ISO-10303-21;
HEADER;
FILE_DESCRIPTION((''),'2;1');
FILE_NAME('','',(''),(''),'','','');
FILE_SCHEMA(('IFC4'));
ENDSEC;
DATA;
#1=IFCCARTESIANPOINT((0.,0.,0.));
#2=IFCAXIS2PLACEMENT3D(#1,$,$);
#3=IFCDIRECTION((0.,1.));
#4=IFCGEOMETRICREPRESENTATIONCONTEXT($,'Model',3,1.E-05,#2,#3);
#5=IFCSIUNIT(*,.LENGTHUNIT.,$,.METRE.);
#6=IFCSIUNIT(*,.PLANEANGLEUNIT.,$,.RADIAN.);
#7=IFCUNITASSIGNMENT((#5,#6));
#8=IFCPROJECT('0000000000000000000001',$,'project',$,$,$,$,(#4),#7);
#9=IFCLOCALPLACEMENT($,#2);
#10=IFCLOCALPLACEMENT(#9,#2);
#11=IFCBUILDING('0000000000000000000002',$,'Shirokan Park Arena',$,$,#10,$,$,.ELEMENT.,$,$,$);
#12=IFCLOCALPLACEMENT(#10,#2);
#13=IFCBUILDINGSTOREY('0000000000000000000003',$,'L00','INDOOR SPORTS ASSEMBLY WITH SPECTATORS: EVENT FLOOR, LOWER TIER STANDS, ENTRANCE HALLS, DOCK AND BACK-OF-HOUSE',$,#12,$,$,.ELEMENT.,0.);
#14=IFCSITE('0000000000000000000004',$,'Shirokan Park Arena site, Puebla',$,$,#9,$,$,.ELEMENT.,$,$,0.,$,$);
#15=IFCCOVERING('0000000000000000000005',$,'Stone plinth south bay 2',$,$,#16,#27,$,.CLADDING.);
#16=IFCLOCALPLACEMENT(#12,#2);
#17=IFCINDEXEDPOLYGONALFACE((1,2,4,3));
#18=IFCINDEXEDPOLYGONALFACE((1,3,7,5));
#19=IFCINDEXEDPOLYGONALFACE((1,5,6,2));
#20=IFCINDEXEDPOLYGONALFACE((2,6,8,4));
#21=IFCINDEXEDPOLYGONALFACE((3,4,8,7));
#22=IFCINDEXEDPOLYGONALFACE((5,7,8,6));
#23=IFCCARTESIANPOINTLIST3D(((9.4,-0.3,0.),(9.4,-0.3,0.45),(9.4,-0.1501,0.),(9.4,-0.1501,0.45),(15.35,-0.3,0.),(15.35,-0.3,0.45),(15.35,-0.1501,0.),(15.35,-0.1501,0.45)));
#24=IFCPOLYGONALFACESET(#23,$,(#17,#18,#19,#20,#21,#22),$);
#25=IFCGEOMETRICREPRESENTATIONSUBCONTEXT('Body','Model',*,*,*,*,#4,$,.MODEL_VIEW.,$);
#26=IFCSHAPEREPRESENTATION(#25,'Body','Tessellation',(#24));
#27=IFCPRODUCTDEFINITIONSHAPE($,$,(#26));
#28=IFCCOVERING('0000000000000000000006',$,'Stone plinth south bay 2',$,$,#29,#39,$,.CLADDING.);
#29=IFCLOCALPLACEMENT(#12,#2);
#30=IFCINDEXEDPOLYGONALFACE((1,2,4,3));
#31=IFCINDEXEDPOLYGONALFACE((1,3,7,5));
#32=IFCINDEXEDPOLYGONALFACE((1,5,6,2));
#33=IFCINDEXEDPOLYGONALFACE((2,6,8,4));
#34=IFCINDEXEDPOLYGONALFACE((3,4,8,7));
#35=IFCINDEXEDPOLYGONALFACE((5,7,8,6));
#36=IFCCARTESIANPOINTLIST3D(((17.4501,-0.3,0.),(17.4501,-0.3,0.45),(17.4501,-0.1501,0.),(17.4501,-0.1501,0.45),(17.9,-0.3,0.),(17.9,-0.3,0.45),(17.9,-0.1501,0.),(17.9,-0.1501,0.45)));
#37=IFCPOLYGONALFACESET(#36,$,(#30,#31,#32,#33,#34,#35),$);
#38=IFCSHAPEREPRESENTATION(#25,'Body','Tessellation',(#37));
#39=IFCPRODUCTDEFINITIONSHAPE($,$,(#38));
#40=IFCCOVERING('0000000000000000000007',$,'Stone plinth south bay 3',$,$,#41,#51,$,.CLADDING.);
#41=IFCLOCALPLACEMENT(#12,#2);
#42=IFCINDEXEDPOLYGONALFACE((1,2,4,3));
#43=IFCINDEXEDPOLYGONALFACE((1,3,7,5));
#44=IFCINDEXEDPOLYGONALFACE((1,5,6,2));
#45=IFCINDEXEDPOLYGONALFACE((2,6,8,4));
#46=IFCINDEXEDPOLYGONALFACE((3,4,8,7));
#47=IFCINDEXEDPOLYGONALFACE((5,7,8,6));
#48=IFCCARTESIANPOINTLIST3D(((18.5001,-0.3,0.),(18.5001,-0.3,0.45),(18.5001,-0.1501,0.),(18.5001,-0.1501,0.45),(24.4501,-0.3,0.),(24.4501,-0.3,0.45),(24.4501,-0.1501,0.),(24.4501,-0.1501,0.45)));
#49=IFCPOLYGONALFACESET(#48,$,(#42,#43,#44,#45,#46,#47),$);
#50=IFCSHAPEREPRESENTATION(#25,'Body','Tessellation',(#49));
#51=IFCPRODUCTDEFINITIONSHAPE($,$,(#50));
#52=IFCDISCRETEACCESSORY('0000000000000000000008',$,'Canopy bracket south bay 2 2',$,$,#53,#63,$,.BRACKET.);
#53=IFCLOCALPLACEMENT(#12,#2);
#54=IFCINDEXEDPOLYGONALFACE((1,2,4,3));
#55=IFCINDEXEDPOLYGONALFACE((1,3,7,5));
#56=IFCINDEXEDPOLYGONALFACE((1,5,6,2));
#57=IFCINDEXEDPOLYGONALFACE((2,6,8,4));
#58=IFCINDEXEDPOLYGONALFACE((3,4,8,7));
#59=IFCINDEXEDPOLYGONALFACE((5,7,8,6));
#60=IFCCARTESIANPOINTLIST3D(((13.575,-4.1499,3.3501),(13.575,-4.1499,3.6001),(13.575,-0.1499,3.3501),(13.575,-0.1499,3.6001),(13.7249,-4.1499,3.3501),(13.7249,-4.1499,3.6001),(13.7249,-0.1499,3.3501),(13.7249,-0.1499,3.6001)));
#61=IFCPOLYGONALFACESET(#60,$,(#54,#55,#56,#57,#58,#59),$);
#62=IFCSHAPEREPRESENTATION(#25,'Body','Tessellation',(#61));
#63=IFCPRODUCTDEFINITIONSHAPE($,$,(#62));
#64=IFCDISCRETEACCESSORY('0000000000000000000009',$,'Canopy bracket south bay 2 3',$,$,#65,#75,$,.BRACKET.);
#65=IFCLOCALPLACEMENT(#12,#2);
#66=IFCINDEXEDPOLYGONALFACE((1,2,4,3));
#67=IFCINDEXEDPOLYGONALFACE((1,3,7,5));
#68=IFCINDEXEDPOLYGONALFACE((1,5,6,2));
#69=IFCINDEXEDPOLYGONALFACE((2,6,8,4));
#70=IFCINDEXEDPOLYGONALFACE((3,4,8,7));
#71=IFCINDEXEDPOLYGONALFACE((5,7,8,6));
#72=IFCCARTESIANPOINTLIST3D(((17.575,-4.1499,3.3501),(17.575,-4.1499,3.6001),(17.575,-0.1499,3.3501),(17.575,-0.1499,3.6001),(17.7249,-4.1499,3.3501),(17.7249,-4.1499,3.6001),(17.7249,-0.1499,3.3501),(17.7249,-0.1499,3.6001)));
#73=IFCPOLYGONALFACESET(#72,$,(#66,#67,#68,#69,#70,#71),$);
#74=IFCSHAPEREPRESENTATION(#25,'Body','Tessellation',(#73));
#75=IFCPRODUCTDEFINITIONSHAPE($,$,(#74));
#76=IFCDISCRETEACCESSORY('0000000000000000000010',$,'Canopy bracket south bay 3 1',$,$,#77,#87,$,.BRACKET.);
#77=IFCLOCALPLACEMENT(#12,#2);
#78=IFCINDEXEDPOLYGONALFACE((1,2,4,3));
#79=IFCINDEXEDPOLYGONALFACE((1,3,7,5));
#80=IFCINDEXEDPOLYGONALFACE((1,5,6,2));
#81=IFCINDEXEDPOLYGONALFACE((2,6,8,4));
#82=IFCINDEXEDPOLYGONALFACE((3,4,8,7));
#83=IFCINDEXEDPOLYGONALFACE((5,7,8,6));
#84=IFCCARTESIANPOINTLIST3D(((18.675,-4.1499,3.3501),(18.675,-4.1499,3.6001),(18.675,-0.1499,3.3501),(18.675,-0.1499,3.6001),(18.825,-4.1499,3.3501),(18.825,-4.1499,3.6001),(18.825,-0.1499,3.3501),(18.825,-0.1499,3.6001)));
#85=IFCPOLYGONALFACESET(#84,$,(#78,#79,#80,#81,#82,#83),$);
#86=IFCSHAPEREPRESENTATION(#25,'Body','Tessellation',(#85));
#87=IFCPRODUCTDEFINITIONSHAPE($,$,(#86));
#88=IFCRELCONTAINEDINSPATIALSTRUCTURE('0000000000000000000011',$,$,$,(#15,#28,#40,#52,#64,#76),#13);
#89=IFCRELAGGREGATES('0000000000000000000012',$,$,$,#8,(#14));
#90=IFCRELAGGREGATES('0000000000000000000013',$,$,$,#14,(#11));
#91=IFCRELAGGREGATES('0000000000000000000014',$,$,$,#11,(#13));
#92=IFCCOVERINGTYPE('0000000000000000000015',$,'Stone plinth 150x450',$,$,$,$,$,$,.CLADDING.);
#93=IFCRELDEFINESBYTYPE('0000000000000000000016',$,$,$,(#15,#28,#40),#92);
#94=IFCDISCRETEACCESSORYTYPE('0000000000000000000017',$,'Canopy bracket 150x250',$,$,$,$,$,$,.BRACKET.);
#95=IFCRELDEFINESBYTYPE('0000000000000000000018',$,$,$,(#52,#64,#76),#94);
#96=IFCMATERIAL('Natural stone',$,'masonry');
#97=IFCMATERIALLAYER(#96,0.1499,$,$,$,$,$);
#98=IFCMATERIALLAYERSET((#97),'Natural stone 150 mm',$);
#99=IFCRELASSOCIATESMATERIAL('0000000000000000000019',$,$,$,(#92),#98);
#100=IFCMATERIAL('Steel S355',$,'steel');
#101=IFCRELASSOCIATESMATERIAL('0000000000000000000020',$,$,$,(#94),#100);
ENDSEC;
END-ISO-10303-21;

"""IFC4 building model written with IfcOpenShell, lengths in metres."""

from ifc_helpers import new_model, si_unit, direction, frame, origin, origin_2d, place, context, subcontext, project, spatial, rectangle, extrude, material, layer, layer_set, type_object, element, save


model = new_model("IFC4")

# Units and contexts
model_context = context("Model", 3, precision=1e-05, world=origin(), true_north=direction((0.0, 1.0)))
body_context = subcontext(model_context, "Body", "Model", "MODEL_VIEW")
ifc_project = project(units=[si_unit("LENGTHUNIT", "METRE"), si_unit("PLANEANGLEUNIT", "RADIAN")], contexts=[model_context])

# Site, building, storey
site_placement = place(None, origin())
site = spatial("IfcSite", under=ifc_project, at=site_placement, Name="Shirokan Park Arena site, Puebla", CompositionType="ELEMENT", RefElevation=0.0)
building_placement = place(site_placement, origin())
building = spatial("IfcBuilding", under=site, at=building_placement, Name="Shirokan Park Arena", CompositionType="ELEMENT")
storey_placement = place(building_placement, origin())
storey = spatial("IfcBuildingStorey", under=building, at=storey_placement, Name="L00", Description="INDOOR SPORTS ASSEMBLY WITH SPECTATORS: EVENT FLOOR, LOWER TIER STANDS, ENTRANCE HALLS, DOCK AND BACK-OF-HOUSE", CompositionType="ELEMENT", Elevation=0.0)

# Shared definitions
ifc_material_1 = material(Name="Steel S355", Category="steel")

# Coverings
ifc_material_2 = material(Name="Natural stone", Category="masonry")
ifc_layer_1 = layer(ifc_material_2, 0.1499)
ifc_layer_set_1 = layer_set([ifc_layer_1], Name="Natural stone 150 mm")
covering_type_1 = type_object("IfcCoveringType", Name="Stone plinth 150x450", PredefinedType="CLADDING", material=ifc_layer_set_1)
covering_1_placement = place(storey_placement, frame((12.375, -0.2251, 0.0), z_axis=(0.0, 0.0, 1.0), x_axis=(1.0, 0.0, 0.0)))
element("IfcCovering", 1, at=covering_1_placement, inside=storey, type_object=covering_type_1, Name="Stone plinth south bay 2", PredefinedType="CLADDING", context=body_context, shape_type="SweptSolid", body=[
    extrude(rectangle(XDim=5.95, YDim=0.1499, at=origin_2d()), origin(), (0.0, 0.0, 1.0), 0.45),
])
covering_2_placement = place(storey_placement, frame((17.675, -0.2251, 0.0), z_axis=(0.0, 0.0, 1.0), x_axis=(1.0, 0.0, 0.0)))
element("IfcCovering", 2, at=covering_2_placement, inside=storey, type_object=covering_type_1, Name="Stone plinth south bay 2", PredefinedType="CLADDING", context=body_context, shape_type="SweptSolid", body=[
    extrude(rectangle(XDim=0.45, YDim=0.1499, at=origin_2d()), origin(), (0.0, 0.0, 1.0), 0.45),
])
covering_3_placement = place(storey_placement, frame((21.4751, -0.2251, 0.0), z_axis=(0.0, 0.0, 1.0), x_axis=(1.0, 0.0, 0.0)))
element("IfcCovering", 3, at=covering_3_placement, inside=storey, type_object=covering_type_1, Name="Stone plinth south bay 3", PredefinedType="CLADDING", context=body_context, shape_type="SweptSolid", body=[
    extrude(rectangle(XDim=5.95, YDim=0.1499, at=origin_2d()), origin(), (0.0, 0.0, 1.0), 0.45),
])

# Discrete accessories
discrete_accessory_type = type_object("IfcDiscreteAccessoryType", Name="Canopy bracket 150x250", PredefinedType="BRACKET", material=ifc_material_1)
for number, where, z_axis, x_axis, name in (
    (4, (13.6499, -2.1499, 3.3501), (0.0, 0.0, 1.0), (1.0, 0.0, 0.0), "Canopy bracket south bay 2 2"),
    (5, (17.6499, -2.1499, 3.3501), (0.0, 0.0, 1.0), (1.0, 0.0, 0.0), "Canopy bracket south bay 2 3"),
    (6, (18.75, -2.1499, 3.3501), (0.0, 0.0, 1.0), (1.0, 0.0, 0.0), "Canopy bracket south bay 3 1"),
):
    element("IfcDiscreteAccessory", number, at=place(storey_placement, frame(where, z_axis=z_axis, x_axis=x_axis)), inside=storey, type_object=discrete_accessory_type, Name=name, PredefinedType="BRACKET", context=body_context, shape_type="SweptSolid", body=[
        extrude(rectangle(XDim=0.1499, YDim=4.0, at=origin_2d()), origin(), (0.0, 0.0, 1.0), 0.25),
    ])

save(model, "model.ifc")
